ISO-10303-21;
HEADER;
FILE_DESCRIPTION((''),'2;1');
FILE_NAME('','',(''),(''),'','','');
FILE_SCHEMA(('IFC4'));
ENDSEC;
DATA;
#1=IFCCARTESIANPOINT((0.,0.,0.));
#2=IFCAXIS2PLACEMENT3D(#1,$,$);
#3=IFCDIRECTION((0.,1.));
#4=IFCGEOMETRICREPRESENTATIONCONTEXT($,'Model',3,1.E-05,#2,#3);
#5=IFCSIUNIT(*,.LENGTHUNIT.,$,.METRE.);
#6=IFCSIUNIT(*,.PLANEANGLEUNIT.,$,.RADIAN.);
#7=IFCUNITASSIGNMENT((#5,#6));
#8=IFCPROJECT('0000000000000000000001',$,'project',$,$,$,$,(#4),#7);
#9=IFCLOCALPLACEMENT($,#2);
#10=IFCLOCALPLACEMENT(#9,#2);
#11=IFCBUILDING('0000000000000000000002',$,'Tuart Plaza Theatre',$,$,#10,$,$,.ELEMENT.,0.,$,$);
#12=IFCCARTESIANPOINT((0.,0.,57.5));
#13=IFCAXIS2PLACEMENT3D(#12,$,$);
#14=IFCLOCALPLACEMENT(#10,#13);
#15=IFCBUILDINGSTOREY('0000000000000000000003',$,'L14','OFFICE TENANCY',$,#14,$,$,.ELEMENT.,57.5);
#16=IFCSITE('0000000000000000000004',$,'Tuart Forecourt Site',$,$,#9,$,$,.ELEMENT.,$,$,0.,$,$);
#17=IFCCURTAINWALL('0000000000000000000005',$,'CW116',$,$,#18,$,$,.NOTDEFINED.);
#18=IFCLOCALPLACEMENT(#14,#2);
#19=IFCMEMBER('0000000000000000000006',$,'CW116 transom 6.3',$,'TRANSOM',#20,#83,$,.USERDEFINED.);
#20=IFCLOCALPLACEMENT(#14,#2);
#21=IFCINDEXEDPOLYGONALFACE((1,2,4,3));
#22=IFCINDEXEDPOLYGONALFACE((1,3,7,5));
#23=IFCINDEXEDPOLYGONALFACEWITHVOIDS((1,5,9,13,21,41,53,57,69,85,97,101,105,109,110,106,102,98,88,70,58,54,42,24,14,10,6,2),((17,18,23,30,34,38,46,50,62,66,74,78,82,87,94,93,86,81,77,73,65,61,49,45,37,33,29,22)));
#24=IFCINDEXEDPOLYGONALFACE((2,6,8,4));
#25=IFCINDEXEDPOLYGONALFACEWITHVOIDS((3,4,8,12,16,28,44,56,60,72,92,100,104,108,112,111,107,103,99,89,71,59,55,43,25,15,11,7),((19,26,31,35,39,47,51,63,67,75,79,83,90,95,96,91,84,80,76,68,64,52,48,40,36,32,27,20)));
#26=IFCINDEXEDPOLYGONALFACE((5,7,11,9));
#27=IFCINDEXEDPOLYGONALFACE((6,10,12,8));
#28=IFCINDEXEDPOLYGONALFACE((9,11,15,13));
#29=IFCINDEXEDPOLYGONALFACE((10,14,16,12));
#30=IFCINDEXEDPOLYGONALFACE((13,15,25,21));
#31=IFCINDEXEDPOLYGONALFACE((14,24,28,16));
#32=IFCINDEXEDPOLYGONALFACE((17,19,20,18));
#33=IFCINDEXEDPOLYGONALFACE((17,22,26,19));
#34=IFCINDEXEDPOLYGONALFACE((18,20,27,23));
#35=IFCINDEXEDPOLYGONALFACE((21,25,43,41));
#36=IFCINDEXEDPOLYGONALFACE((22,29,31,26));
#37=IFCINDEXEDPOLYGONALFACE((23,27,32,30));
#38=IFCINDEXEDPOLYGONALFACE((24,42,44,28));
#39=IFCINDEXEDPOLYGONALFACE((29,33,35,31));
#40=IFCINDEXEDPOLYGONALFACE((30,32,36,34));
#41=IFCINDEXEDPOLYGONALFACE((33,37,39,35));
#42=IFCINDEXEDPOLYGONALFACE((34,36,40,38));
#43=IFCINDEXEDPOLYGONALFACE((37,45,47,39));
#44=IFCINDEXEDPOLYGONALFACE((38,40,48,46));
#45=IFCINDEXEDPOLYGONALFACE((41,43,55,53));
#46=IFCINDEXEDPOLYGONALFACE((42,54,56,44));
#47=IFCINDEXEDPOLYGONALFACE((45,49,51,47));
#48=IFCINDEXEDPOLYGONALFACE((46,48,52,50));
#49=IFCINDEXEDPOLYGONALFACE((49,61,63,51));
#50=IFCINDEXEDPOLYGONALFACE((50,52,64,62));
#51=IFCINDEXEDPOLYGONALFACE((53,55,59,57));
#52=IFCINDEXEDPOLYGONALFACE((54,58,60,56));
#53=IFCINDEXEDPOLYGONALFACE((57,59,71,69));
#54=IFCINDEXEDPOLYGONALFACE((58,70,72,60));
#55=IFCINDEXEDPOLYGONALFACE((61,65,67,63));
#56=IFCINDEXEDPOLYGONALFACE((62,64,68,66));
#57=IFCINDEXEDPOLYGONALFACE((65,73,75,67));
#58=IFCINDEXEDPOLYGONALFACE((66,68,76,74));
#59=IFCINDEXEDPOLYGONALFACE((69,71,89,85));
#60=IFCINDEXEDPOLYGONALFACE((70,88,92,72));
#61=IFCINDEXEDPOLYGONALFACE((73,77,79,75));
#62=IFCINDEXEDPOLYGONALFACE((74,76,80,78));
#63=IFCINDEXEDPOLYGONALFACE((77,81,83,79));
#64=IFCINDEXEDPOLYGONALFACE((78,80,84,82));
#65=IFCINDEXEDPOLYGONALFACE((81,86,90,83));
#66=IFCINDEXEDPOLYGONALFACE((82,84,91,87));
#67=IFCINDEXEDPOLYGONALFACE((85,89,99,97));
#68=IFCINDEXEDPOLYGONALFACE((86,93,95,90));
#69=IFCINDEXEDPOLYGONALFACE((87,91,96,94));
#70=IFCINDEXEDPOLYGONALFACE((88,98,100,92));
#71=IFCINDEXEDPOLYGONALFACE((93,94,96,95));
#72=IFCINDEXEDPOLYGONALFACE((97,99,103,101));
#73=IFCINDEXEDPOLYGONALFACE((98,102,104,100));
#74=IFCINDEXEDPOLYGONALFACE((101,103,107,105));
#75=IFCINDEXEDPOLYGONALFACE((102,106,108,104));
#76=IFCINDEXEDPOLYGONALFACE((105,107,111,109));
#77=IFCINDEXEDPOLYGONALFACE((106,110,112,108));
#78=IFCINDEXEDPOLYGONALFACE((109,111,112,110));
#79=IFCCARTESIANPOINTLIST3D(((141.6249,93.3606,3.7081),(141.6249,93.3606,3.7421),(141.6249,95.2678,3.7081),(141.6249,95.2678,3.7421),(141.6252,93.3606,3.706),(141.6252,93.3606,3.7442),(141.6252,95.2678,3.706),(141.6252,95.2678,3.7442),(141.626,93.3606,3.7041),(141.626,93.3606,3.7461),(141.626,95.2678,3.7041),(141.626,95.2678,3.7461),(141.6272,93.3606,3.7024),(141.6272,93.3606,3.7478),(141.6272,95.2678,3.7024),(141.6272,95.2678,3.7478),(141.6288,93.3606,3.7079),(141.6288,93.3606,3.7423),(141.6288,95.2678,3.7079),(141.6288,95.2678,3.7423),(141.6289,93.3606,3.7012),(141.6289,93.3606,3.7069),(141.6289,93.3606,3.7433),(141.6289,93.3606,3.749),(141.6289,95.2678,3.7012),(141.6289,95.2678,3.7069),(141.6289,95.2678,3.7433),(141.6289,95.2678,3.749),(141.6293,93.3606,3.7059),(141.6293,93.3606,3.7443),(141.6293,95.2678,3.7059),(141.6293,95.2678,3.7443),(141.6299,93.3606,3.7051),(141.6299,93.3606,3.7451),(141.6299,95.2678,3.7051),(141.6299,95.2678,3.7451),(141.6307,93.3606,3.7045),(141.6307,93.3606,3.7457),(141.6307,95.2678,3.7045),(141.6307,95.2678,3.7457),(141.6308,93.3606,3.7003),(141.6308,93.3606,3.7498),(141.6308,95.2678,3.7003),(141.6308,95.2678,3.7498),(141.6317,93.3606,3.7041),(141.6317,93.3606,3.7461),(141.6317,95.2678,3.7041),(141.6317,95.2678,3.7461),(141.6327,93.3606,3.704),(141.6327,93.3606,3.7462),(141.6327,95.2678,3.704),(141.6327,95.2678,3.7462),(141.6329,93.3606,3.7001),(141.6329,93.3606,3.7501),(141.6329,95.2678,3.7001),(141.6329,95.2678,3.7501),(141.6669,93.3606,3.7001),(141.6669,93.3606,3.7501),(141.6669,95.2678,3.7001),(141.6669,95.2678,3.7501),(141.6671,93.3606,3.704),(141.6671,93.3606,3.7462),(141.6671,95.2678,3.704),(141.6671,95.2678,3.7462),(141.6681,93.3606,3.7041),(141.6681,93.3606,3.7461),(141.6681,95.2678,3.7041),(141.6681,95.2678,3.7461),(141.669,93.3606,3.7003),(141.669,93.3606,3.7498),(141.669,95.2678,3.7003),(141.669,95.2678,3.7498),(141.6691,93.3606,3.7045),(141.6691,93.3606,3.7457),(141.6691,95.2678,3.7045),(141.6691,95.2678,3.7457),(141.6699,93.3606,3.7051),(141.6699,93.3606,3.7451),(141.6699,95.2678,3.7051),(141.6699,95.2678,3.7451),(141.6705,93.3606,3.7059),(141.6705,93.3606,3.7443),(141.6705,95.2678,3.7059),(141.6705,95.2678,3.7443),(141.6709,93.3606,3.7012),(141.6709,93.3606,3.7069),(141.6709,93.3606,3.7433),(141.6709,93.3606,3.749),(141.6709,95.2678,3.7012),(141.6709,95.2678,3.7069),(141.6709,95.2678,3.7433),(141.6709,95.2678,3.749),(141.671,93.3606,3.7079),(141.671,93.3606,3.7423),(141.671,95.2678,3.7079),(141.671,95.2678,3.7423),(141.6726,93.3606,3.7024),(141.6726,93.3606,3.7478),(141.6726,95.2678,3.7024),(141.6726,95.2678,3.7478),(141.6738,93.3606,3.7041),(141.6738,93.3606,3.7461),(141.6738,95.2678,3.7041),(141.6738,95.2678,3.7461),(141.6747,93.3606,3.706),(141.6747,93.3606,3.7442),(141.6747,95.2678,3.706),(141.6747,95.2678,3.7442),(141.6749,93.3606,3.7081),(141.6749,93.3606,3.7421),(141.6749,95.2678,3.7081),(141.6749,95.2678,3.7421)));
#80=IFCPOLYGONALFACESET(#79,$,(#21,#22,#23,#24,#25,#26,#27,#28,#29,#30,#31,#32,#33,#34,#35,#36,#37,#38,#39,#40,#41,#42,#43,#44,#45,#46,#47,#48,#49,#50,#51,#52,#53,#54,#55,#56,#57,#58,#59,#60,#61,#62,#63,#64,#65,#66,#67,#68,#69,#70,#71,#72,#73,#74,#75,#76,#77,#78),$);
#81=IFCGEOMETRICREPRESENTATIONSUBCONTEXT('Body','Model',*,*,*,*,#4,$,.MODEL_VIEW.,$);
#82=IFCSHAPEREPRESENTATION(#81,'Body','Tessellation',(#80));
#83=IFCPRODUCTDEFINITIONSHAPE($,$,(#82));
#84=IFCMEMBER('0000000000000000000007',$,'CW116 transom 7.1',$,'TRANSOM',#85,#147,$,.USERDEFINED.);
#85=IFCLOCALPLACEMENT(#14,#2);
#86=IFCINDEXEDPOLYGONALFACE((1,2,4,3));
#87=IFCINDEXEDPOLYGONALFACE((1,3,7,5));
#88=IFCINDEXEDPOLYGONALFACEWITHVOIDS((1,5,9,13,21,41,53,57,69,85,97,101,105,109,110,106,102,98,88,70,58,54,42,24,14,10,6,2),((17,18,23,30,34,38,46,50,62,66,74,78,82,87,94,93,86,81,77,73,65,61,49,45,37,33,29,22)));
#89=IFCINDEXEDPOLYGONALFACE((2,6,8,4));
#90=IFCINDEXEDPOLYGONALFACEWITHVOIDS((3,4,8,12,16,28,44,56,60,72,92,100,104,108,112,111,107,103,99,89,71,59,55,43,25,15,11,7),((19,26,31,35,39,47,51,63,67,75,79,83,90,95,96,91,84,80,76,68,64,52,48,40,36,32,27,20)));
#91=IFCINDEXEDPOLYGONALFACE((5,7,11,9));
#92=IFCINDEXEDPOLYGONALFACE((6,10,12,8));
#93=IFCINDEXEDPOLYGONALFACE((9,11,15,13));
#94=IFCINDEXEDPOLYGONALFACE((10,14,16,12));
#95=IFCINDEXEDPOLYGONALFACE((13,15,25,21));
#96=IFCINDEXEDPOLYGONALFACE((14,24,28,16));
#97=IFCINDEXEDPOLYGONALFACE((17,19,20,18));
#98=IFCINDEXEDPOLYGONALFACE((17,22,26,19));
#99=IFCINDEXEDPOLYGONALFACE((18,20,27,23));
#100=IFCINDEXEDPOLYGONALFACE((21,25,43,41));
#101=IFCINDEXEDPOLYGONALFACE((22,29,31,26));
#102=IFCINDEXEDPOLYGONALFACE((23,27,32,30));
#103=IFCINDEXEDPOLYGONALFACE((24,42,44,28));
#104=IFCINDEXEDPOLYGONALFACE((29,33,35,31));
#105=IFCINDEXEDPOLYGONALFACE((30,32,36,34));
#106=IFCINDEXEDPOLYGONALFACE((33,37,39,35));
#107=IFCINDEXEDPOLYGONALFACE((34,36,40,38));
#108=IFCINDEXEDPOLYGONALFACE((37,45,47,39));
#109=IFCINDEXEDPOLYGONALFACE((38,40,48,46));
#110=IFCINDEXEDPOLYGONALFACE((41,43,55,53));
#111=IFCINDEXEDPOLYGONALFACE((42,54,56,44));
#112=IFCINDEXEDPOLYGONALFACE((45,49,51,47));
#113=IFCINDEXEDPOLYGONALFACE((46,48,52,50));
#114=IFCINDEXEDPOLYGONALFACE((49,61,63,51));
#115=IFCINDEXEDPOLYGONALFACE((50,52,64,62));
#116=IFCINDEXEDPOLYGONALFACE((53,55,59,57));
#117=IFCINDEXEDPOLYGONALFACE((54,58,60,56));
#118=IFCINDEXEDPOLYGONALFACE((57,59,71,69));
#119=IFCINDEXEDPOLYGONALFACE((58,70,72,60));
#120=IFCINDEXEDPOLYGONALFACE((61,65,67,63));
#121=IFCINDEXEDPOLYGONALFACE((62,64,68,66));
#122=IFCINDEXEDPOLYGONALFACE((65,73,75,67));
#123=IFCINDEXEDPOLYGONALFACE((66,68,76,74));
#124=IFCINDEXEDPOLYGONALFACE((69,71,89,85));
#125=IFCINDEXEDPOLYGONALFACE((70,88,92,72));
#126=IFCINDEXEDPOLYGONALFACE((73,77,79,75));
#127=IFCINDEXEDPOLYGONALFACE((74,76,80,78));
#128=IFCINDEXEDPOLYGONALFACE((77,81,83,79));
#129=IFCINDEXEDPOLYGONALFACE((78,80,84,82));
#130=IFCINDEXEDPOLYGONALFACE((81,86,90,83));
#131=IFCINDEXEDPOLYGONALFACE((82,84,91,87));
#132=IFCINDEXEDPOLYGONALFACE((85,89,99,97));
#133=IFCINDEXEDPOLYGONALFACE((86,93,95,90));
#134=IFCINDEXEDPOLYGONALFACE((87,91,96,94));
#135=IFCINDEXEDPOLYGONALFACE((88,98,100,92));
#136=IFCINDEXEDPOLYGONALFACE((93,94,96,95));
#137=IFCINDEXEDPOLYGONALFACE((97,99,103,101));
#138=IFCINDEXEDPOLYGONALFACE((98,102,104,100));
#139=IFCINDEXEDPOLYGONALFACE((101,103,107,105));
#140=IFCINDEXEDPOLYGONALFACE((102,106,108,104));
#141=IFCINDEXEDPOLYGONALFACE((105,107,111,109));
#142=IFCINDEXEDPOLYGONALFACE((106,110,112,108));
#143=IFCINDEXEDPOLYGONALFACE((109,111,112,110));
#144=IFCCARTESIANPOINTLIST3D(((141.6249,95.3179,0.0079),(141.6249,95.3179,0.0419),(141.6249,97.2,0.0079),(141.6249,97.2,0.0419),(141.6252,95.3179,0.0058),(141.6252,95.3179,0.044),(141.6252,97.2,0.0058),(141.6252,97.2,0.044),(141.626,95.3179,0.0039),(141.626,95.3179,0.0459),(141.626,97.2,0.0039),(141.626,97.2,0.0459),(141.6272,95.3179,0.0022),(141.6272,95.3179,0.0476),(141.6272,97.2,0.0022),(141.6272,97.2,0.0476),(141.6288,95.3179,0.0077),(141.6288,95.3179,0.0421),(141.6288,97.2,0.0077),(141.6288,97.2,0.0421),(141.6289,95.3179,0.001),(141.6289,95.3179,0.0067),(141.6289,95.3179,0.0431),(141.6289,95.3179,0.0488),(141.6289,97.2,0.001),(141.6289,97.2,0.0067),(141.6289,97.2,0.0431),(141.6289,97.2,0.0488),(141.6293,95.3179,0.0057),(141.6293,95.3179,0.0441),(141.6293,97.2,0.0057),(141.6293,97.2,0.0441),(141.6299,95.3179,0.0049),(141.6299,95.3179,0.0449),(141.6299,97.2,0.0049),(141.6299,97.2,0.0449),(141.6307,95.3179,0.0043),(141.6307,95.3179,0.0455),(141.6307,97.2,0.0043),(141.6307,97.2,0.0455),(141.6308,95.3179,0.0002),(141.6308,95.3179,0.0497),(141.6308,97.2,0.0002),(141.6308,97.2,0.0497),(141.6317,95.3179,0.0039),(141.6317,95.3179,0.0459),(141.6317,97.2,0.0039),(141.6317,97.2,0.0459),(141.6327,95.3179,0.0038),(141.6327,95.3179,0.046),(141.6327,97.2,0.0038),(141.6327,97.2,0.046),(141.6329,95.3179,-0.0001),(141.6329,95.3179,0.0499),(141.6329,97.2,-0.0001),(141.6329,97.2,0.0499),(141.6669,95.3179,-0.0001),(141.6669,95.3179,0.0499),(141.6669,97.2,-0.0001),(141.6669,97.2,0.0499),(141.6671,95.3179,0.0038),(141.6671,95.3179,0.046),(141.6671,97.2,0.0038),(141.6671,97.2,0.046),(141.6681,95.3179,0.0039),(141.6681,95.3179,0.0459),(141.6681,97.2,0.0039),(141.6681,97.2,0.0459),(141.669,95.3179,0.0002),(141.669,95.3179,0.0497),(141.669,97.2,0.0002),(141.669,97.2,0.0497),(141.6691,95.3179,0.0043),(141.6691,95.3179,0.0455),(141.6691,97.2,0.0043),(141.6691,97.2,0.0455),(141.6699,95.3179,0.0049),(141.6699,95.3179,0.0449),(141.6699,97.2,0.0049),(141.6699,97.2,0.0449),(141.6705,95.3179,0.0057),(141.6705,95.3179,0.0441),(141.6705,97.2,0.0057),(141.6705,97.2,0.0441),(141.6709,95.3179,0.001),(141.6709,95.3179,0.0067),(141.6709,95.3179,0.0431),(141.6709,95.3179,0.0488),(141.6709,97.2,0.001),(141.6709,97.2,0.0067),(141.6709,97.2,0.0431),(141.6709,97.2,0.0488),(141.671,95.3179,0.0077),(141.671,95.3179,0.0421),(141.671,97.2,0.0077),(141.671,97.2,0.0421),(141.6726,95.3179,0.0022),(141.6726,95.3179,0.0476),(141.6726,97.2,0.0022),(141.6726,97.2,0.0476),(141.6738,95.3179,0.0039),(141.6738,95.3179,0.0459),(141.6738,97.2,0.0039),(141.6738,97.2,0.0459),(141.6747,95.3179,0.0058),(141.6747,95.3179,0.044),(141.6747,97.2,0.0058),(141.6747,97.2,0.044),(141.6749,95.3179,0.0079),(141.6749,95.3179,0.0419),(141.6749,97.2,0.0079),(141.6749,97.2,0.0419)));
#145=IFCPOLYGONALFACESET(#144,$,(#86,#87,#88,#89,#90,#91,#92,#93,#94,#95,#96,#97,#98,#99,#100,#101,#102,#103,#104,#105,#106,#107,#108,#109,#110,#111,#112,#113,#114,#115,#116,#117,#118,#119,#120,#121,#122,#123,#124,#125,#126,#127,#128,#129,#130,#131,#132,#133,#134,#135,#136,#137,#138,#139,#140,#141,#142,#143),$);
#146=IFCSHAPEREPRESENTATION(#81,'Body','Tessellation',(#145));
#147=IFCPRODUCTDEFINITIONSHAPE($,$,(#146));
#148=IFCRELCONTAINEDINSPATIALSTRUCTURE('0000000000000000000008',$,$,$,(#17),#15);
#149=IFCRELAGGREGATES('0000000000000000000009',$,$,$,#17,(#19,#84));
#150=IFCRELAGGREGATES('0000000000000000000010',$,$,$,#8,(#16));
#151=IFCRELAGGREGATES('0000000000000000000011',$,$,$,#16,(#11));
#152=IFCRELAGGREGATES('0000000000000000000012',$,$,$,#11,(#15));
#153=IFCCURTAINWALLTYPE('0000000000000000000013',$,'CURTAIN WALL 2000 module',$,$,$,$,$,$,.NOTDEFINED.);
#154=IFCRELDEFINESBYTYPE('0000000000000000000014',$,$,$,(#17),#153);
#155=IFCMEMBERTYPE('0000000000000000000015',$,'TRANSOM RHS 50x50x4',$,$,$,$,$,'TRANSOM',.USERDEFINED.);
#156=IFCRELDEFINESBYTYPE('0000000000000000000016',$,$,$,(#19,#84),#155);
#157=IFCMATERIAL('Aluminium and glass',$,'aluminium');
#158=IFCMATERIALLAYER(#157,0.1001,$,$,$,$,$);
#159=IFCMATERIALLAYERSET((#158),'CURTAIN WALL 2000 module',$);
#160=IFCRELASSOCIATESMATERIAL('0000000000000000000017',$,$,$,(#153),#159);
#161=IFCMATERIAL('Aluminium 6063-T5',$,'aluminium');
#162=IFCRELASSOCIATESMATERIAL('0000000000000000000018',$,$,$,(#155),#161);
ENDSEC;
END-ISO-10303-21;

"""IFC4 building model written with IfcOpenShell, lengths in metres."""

from ifc_helpers import new_model, si_unit, direction, frame, origin, origin_2d, place, context, subcontext, project, spatial, hollow_rectangle, extrude, material, layer, layer_set, material_profile, profile_set, type_object, element, aggregate, save


model = new_model("IFC4")

# Units and contexts
model_context = context("Model", 3, precision=1e-05, world=origin(), true_north=direction((0.0, 1.0)))
body_context = subcontext(model_context, "Body", "Model", "MODEL_VIEW")
ifc_project = project(units=[si_unit("LENGTHUNIT", "METRE"), si_unit("PLANEANGLEUNIT", "RADIAN")], contexts=[model_context])

# Site, building, storey
site_placement = place(None, origin())
site = spatial("IfcSite", under=ifc_project, at=site_placement, Name="Tuart Forecourt Site", CompositionType="ELEMENT", RefElevation=0.0)
building_placement = place(site_placement, origin())
building = spatial("IfcBuilding", under=site, at=building_placement, Name="Tuart Plaza Theatre", CompositionType="ELEMENT", ElevationOfRefHeight=0.0)
storey_placement = place(building_placement, frame((0.0, 0.0, 57.5)))
storey = spatial("IfcBuildingStorey", under=building, at=storey_placement, Name="L14", Description="OFFICE TENANCY", CompositionType="ELEMENT", Elevation=57.5)

# Curtain wall
ifc_material_1 = material(Name="Aluminium and glass", Category="aluminium")
ifc_layer_1 = layer(ifc_material_1, 0.1001)
ifc_layer_set_1 = layer_set([ifc_layer_1], Name="CURTAIN WALL 2000 module")
curtain_wall_type = type_object("IfcCurtainWallType", Name="CURTAIN WALL 2000 module", PredefinedType="NOTDEFINED", material=ifc_layer_set_1)
curtain_wall_1_placement = place(storey_placement, origin())
curtain_wall_1 = element("IfcCurtainWall", 1, at=curtain_wall_1_placement, inside=storey, type_object=curtain_wall_type, Name="CW116", PredefinedType="NOTDEFINED")

# Members
ifc_material_2 = material(Name="Aluminium 6063-T5", Category="aluminium")
ifc_material_profile_1 = material_profile(ifc_material_2, hollow_rectangle(XDim=0.05, YDim=0.05, WallThickness=0.0039, InnerFilletRadius=0.0039, OuterFilletRadius=0.0081, at=origin_2d()), Name="RHS 50x50x4")
ifc_profile_set_1 = profile_set([ifc_material_profile_1], Name="Aluminium 6063-T5")
member_type_1 = type_object("IfcMemberType", Name="TRANSOM RHS 50x50x4", ElementType="TRANSOM", PredefinedType="USERDEFINED", material=ifc_profile_set_1)
member_1_placement = place(storey_placement, frame((141.6499, 93.3606, 3.7251), z_axis=(0.0, 1.0, 0.0), x_axis=(-1.0, 0.0, 0.0)))
member_1 = element("IfcMember", 2, at=member_1_placement, type_object=member_type_1, Name="CW116 transom 6.3", ObjectType="TRANSOM", PredefinedType="USERDEFINED", context=body_context, shape_type="SweptSolid", body=[
    extrude(hollow_rectangle(XDim=0.05, YDim=0.05, WallThickness=0.0039, InnerFilletRadius=0.0039, OuterFilletRadius=0.0081, at=origin_2d()), origin(), (0.0, 0.0, 1.0), 1.9072),
])
member_2_placement = place(storey_placement, frame((141.6499, 95.3179, 0.0249), z_axis=(0.0, 1.0, 0.0), x_axis=(-1.0, 0.0, 0.0)))
member_2 = element("IfcMember", 3, at=member_2_placement, type_object=member_type_1, Name="CW116 transom 7.1", ObjectType="TRANSOM", PredefinedType="USERDEFINED", context=body_context, shape_type="SweptSolid", body=[
    extrude(hollow_rectangle(XDim=0.05, YDim=0.05, WallThickness=0.0039, InnerFilletRadius=0.0039, OuterFilletRadius=0.0081, at=origin_2d()), origin(), (0.0, 0.0, 1.0), 1.8821),
])

aggregate(curtain_wall_1, [member_1, member_2])

save(model, "model.ifc")
